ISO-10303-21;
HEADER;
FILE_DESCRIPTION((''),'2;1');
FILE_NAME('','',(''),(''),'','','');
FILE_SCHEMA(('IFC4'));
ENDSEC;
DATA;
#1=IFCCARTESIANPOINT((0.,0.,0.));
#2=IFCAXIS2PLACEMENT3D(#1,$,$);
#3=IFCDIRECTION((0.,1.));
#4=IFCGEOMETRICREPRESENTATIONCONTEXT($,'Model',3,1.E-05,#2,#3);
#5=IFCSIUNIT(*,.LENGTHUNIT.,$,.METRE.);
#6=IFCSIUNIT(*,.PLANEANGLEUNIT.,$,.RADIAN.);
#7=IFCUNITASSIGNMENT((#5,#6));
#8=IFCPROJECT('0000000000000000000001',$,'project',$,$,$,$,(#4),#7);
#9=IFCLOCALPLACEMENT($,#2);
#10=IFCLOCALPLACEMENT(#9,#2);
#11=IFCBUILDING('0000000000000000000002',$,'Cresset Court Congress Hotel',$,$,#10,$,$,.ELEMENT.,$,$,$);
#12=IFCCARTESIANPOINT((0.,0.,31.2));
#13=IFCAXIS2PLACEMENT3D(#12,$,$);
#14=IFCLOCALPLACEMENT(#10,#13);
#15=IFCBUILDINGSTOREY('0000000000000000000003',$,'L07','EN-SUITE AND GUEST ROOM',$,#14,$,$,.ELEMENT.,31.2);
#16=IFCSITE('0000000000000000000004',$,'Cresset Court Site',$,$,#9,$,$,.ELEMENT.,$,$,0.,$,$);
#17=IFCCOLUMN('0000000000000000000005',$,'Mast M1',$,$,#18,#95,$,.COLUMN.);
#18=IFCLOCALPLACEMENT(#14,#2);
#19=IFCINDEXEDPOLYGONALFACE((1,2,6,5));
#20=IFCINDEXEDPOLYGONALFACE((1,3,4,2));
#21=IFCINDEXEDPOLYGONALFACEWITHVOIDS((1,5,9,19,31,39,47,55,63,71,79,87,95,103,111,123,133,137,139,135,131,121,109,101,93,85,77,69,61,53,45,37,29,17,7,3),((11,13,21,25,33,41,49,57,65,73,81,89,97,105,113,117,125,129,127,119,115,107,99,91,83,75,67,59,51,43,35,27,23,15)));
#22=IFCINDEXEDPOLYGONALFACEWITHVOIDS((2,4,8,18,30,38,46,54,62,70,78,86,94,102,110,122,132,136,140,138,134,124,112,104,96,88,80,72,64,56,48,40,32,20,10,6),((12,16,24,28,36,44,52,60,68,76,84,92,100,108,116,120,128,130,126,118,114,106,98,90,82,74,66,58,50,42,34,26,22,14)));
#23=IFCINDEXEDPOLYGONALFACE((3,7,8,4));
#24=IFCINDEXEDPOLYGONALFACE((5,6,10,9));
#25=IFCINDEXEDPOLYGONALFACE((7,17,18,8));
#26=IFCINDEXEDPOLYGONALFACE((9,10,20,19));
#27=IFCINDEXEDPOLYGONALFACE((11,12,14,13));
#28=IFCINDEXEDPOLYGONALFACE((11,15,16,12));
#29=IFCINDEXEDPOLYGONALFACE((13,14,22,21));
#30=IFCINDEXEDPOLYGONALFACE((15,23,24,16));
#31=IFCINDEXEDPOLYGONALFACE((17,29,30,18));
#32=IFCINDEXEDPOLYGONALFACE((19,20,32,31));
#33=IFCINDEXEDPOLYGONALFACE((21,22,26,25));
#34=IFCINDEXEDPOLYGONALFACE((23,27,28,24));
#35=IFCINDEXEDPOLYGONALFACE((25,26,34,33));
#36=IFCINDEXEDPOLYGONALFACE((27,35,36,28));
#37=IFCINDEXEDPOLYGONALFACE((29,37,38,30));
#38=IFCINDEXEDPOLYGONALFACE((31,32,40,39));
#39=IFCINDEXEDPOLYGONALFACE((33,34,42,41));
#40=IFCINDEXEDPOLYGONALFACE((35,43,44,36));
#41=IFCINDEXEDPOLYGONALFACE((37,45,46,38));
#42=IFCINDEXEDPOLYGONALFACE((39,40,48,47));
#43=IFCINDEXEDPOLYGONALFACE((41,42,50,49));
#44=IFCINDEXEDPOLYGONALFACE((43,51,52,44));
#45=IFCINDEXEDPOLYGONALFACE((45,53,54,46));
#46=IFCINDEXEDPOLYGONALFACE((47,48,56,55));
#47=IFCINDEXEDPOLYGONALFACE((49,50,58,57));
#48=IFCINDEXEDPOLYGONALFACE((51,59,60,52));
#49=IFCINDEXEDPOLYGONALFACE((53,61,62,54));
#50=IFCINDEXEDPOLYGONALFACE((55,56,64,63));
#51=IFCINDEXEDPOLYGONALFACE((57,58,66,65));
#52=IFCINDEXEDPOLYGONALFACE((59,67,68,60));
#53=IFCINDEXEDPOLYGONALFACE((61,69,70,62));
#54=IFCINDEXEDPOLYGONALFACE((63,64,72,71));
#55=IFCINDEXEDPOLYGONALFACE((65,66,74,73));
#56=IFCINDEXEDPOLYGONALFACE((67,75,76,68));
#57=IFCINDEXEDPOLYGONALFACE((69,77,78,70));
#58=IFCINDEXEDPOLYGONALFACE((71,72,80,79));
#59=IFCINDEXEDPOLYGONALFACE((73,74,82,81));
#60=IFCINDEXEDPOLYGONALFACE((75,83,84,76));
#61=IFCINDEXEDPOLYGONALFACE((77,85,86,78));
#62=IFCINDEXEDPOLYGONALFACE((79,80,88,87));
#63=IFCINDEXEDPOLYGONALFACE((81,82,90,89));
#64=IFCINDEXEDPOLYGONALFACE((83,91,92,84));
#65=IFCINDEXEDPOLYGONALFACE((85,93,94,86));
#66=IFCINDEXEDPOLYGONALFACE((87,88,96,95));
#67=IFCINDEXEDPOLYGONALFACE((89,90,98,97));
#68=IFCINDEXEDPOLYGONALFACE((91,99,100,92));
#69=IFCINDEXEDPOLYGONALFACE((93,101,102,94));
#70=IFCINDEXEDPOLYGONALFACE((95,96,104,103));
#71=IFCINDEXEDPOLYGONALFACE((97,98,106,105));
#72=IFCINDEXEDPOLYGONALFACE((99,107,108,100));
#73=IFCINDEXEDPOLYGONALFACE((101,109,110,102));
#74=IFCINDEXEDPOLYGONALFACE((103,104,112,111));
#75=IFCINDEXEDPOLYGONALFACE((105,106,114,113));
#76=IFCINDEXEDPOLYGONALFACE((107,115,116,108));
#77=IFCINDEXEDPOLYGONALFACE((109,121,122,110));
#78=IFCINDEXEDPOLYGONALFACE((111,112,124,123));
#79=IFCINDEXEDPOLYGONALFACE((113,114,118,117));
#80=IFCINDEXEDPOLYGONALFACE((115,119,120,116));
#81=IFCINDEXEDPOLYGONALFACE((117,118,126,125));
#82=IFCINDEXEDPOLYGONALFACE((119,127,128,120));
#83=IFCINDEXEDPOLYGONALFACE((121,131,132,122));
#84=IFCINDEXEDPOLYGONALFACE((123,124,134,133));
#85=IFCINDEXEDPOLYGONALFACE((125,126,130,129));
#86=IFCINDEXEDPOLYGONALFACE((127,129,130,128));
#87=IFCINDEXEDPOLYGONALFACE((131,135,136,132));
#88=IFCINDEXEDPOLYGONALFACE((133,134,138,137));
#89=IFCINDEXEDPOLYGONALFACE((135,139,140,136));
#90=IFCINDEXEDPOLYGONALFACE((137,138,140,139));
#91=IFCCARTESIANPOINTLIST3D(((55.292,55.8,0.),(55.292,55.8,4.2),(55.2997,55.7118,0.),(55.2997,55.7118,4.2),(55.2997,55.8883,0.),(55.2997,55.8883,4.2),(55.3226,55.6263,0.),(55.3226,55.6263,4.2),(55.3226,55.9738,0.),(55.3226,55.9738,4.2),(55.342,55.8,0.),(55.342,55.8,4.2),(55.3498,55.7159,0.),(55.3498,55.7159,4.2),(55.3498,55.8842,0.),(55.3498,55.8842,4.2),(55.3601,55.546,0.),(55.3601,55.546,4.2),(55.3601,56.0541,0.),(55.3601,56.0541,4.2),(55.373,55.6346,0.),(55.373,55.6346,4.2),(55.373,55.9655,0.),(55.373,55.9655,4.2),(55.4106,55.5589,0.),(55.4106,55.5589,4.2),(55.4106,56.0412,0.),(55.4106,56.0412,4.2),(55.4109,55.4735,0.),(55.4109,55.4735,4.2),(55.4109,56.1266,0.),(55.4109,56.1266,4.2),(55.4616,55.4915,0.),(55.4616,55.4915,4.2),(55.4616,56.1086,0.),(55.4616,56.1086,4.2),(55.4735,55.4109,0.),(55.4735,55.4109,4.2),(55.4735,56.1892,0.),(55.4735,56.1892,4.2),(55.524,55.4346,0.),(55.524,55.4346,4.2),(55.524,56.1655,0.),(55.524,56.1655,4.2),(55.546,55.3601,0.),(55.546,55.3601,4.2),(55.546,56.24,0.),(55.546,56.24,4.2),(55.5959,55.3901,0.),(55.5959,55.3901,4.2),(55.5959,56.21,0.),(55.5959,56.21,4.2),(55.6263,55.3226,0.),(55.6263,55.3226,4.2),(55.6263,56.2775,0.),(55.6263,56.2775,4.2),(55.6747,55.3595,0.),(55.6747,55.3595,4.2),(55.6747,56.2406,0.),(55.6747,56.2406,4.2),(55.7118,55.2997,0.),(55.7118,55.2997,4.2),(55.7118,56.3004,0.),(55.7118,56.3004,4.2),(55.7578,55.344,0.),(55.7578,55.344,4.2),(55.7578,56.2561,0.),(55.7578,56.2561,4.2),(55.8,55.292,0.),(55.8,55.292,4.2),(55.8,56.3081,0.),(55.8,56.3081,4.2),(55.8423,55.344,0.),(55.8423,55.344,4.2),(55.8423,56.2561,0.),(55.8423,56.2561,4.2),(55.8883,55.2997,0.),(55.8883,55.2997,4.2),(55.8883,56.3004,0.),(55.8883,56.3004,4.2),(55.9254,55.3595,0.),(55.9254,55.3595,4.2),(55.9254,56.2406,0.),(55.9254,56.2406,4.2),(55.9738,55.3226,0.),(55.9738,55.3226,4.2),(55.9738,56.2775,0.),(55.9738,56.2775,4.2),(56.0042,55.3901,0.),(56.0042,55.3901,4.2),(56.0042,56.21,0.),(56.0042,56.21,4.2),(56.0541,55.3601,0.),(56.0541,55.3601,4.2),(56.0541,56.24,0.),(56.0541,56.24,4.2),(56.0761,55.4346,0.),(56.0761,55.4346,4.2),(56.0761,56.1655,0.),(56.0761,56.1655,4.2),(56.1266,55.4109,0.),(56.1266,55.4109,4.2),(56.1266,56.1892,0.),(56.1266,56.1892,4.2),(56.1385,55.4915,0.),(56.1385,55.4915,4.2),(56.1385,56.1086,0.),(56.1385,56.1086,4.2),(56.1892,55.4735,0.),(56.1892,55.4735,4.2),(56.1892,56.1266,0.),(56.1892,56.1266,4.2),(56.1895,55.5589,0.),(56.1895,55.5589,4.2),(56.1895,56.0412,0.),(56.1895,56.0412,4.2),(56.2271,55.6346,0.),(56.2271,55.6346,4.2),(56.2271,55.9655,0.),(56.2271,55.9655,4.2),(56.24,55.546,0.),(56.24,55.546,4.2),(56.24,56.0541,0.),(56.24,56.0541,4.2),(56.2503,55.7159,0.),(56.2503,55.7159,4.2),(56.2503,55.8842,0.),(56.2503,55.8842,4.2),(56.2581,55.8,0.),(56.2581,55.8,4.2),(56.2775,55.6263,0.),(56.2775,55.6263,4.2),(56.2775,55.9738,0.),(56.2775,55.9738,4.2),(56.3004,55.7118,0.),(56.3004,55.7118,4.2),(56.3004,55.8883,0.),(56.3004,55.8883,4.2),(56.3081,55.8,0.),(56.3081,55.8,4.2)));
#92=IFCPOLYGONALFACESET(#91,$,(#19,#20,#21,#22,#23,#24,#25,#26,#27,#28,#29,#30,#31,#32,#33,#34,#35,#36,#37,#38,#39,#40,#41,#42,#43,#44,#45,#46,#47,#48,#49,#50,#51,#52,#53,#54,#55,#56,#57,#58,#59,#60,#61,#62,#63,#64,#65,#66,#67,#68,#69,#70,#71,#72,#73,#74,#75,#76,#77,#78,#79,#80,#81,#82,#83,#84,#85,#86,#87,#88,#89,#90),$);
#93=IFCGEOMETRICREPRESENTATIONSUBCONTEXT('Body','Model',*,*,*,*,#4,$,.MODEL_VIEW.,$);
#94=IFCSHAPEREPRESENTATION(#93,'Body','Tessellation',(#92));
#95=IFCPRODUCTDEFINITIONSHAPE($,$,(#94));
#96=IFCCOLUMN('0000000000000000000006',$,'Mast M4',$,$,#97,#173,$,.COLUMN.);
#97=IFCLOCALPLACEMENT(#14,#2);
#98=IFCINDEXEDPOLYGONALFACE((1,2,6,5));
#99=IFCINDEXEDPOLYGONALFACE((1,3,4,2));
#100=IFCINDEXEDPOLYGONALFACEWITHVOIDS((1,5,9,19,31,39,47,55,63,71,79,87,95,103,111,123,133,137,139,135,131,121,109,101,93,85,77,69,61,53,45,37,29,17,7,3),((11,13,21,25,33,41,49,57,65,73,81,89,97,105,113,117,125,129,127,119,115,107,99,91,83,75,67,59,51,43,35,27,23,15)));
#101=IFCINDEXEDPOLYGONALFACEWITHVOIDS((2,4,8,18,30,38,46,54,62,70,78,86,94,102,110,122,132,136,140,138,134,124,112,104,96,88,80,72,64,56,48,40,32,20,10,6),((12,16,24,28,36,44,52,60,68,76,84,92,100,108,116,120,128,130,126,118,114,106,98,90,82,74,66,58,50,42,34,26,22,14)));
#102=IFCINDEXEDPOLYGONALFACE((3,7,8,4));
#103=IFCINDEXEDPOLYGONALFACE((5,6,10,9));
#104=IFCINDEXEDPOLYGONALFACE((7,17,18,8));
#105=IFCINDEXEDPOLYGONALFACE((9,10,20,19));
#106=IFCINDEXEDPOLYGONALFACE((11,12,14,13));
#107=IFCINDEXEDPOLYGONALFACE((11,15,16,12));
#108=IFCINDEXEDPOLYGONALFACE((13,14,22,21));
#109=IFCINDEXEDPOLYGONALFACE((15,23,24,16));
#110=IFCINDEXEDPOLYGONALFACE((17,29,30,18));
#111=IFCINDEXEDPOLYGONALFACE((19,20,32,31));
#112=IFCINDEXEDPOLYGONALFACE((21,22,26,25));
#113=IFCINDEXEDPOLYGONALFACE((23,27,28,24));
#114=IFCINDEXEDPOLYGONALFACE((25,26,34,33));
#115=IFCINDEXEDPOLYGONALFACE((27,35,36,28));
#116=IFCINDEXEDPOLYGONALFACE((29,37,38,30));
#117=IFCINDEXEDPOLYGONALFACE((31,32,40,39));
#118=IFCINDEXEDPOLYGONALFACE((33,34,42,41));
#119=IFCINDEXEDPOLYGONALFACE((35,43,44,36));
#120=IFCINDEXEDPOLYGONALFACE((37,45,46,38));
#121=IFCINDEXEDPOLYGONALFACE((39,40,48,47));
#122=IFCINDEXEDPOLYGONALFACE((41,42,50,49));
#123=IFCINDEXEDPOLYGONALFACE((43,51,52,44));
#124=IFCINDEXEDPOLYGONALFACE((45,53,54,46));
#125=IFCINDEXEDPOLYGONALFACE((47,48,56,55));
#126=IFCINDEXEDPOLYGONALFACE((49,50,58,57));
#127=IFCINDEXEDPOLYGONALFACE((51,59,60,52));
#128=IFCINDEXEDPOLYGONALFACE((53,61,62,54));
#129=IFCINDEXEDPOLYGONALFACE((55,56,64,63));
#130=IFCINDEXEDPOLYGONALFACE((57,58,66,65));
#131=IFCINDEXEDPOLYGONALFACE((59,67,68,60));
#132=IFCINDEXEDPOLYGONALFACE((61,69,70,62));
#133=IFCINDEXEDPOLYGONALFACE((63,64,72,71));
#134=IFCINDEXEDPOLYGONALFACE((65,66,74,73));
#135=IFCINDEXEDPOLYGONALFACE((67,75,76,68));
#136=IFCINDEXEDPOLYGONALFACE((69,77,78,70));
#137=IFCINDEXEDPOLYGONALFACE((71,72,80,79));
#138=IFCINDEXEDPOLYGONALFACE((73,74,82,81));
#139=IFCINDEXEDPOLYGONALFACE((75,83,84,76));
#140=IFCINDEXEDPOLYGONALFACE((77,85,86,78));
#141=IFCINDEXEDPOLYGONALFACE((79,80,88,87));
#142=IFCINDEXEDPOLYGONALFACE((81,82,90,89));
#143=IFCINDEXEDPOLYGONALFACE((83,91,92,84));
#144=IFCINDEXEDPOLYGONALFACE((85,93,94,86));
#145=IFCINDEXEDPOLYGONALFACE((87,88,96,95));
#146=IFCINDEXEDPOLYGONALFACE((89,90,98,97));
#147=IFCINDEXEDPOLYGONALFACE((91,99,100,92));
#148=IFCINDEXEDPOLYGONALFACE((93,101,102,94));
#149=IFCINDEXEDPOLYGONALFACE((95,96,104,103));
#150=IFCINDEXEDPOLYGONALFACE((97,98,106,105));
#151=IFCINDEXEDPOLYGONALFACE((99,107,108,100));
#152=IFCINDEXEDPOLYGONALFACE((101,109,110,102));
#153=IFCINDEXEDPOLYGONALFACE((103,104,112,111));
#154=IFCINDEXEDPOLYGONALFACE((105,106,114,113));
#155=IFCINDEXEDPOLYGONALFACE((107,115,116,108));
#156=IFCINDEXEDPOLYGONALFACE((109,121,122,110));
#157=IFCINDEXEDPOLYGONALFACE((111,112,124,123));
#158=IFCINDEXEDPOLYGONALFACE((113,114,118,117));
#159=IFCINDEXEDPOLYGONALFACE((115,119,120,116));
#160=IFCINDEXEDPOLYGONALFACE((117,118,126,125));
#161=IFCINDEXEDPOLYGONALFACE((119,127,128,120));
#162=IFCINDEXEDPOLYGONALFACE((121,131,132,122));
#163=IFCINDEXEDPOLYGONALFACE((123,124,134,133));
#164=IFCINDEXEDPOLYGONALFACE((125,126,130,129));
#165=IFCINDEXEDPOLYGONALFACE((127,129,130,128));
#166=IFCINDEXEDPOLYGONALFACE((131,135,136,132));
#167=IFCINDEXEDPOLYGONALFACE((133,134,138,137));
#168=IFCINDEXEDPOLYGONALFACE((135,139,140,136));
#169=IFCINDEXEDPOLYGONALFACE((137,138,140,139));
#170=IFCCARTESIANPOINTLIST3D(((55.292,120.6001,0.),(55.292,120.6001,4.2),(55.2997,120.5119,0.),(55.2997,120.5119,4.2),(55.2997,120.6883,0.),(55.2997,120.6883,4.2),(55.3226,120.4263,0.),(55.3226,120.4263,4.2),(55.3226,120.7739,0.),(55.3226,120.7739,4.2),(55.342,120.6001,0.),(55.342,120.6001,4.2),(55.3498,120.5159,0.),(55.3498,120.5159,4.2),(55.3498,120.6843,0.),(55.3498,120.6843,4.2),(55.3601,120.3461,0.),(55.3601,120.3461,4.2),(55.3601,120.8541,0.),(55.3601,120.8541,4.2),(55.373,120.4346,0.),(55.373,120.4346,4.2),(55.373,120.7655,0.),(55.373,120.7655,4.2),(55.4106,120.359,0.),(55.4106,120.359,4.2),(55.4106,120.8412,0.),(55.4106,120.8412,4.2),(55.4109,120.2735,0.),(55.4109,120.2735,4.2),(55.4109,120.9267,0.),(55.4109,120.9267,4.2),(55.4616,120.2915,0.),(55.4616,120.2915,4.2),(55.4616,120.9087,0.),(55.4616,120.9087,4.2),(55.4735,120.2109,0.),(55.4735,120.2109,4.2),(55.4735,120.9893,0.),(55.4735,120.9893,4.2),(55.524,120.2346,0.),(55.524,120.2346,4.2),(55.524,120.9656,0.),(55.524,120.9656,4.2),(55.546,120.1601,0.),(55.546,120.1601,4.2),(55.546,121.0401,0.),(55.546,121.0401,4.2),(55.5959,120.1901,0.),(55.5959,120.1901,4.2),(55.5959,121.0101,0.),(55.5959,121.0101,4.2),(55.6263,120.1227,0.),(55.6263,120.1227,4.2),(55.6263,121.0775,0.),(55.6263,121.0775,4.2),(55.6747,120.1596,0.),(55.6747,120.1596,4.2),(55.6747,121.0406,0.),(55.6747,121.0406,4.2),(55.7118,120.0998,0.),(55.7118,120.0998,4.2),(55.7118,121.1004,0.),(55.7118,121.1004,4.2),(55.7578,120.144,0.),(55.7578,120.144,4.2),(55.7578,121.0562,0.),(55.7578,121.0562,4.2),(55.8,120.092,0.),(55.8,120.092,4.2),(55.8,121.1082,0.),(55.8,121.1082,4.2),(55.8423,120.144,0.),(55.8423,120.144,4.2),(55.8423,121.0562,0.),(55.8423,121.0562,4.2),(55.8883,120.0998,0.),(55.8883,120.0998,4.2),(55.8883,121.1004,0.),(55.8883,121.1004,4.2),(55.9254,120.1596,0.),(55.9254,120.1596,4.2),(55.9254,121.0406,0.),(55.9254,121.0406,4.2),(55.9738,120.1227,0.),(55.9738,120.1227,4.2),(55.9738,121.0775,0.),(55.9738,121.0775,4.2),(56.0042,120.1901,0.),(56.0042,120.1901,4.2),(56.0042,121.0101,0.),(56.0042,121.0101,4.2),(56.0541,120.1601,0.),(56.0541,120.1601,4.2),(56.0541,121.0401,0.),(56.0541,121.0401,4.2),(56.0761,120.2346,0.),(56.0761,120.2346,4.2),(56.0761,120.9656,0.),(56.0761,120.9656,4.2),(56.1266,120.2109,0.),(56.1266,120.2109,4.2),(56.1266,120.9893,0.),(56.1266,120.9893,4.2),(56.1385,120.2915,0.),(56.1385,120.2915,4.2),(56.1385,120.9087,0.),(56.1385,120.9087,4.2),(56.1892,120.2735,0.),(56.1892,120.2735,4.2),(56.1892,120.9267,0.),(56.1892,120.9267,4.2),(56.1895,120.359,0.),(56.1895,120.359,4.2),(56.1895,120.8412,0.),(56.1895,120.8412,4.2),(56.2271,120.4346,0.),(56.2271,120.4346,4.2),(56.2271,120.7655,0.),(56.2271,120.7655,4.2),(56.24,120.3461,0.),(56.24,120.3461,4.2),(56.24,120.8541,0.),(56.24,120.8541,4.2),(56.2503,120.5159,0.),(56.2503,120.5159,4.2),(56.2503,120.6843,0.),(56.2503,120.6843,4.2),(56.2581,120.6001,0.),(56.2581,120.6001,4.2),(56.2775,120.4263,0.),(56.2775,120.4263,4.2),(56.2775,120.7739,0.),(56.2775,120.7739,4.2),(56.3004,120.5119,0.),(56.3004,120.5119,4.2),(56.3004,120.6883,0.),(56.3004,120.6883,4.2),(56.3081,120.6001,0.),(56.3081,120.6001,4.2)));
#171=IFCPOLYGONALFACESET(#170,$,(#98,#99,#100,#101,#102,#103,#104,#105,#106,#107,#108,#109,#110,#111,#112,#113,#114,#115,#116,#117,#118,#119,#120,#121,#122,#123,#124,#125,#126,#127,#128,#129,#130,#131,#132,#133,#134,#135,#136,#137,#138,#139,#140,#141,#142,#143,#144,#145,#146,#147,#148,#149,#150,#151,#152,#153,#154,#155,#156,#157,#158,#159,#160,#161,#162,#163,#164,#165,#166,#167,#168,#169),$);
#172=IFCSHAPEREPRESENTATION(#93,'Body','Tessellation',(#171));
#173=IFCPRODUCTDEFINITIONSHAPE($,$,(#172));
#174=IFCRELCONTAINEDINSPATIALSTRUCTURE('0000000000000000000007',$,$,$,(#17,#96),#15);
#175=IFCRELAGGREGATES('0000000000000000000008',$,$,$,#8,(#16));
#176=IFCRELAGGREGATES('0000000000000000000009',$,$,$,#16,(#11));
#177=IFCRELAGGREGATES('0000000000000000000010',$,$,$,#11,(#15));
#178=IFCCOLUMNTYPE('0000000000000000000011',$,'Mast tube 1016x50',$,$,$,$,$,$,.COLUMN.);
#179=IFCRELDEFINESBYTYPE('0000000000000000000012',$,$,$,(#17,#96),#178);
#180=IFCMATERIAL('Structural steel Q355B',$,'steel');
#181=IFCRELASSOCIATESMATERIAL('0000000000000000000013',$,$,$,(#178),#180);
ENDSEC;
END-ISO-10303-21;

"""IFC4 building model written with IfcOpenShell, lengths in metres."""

from ifc_helpers import new_model, si_unit, direction, frame, origin, origin_2d, place, context, subcontext, project, spatial, hollow_circle, extrude, material, material_profile, profile_set, type_object, element, save


model = new_model("IFC4")

# Units and contexts
model_context = context("Model", 3, precision=1e-05, world=origin(), true_north=direction((0.0, 1.0)))
body_context = subcontext(model_context, "Body", "Model", "MODEL_VIEW")
ifc_project = project(units=[si_unit("LENGTHUNIT", "METRE"), si_unit("PLANEANGLEUNIT", "RADIAN")], contexts=[model_context])

# Site, building, storey
site_placement = place(None, origin())
site = spatial("IfcSite", under=ifc_project, at=site_placement, Name="Cresset Court Site", CompositionType="ELEMENT", RefElevation=0.0)
building_placement = place(site_placement, origin())
building = spatial("IfcBuilding", under=site, at=building_placement, Name="Cresset Court Congress Hotel", CompositionType="ELEMENT")
storey_placement = place(building_placement, frame((0.0, 0.0, 31.2)))
storey = spatial("IfcBuildingStorey", under=building, at=storey_placement, Name="L07", Description="EN-SUITE AND GUEST ROOM", CompositionType="ELEMENT", Elevation=31.2)

# Columns
ifc_material_1 = material(Name="Structural steel Q355B", Category="steel")
ifc_material_profile = material_profile(ifc_material_1, hollow_circle(Radius=0.5081, WallThickness=0.05, at=origin_2d()), Name="CHS1016x50")
ifc_profile_set = profile_set([ifc_material_profile], Name="Structural steel Q355B")
column_type = type_object("IfcColumnType", Name="Mast tube 1016x50", PredefinedType="COLUMN", material=ifc_profile_set)
for number, where, z_axis, x_axis, name in (
    (1, (55.8, 55.8, 0.0), (0.0, 0.0, 1.0), (1.0, 0.0, 0.0), "Mast M1"),
    (2, (55.8, 120.6001, 0.0), (0.0, 0.0, 1.0), (1.0, 0.0, 0.0), "Mast M4"),
):
    element("IfcColumn", number, at=place(storey_placement, frame(where, z_axis=z_axis, x_axis=x_axis)), inside=storey, type_object=column_type, Name=name, PredefinedType="COLUMN", context=body_context, shape_type="SweptSolid", body=[
        extrude(hollow_circle(Radius=0.5081, WallThickness=0.05, at=origin_2d()), origin(), (0.0, 0.0, 1.0), 4.2),
    ])

save(model, "model.ifc")
